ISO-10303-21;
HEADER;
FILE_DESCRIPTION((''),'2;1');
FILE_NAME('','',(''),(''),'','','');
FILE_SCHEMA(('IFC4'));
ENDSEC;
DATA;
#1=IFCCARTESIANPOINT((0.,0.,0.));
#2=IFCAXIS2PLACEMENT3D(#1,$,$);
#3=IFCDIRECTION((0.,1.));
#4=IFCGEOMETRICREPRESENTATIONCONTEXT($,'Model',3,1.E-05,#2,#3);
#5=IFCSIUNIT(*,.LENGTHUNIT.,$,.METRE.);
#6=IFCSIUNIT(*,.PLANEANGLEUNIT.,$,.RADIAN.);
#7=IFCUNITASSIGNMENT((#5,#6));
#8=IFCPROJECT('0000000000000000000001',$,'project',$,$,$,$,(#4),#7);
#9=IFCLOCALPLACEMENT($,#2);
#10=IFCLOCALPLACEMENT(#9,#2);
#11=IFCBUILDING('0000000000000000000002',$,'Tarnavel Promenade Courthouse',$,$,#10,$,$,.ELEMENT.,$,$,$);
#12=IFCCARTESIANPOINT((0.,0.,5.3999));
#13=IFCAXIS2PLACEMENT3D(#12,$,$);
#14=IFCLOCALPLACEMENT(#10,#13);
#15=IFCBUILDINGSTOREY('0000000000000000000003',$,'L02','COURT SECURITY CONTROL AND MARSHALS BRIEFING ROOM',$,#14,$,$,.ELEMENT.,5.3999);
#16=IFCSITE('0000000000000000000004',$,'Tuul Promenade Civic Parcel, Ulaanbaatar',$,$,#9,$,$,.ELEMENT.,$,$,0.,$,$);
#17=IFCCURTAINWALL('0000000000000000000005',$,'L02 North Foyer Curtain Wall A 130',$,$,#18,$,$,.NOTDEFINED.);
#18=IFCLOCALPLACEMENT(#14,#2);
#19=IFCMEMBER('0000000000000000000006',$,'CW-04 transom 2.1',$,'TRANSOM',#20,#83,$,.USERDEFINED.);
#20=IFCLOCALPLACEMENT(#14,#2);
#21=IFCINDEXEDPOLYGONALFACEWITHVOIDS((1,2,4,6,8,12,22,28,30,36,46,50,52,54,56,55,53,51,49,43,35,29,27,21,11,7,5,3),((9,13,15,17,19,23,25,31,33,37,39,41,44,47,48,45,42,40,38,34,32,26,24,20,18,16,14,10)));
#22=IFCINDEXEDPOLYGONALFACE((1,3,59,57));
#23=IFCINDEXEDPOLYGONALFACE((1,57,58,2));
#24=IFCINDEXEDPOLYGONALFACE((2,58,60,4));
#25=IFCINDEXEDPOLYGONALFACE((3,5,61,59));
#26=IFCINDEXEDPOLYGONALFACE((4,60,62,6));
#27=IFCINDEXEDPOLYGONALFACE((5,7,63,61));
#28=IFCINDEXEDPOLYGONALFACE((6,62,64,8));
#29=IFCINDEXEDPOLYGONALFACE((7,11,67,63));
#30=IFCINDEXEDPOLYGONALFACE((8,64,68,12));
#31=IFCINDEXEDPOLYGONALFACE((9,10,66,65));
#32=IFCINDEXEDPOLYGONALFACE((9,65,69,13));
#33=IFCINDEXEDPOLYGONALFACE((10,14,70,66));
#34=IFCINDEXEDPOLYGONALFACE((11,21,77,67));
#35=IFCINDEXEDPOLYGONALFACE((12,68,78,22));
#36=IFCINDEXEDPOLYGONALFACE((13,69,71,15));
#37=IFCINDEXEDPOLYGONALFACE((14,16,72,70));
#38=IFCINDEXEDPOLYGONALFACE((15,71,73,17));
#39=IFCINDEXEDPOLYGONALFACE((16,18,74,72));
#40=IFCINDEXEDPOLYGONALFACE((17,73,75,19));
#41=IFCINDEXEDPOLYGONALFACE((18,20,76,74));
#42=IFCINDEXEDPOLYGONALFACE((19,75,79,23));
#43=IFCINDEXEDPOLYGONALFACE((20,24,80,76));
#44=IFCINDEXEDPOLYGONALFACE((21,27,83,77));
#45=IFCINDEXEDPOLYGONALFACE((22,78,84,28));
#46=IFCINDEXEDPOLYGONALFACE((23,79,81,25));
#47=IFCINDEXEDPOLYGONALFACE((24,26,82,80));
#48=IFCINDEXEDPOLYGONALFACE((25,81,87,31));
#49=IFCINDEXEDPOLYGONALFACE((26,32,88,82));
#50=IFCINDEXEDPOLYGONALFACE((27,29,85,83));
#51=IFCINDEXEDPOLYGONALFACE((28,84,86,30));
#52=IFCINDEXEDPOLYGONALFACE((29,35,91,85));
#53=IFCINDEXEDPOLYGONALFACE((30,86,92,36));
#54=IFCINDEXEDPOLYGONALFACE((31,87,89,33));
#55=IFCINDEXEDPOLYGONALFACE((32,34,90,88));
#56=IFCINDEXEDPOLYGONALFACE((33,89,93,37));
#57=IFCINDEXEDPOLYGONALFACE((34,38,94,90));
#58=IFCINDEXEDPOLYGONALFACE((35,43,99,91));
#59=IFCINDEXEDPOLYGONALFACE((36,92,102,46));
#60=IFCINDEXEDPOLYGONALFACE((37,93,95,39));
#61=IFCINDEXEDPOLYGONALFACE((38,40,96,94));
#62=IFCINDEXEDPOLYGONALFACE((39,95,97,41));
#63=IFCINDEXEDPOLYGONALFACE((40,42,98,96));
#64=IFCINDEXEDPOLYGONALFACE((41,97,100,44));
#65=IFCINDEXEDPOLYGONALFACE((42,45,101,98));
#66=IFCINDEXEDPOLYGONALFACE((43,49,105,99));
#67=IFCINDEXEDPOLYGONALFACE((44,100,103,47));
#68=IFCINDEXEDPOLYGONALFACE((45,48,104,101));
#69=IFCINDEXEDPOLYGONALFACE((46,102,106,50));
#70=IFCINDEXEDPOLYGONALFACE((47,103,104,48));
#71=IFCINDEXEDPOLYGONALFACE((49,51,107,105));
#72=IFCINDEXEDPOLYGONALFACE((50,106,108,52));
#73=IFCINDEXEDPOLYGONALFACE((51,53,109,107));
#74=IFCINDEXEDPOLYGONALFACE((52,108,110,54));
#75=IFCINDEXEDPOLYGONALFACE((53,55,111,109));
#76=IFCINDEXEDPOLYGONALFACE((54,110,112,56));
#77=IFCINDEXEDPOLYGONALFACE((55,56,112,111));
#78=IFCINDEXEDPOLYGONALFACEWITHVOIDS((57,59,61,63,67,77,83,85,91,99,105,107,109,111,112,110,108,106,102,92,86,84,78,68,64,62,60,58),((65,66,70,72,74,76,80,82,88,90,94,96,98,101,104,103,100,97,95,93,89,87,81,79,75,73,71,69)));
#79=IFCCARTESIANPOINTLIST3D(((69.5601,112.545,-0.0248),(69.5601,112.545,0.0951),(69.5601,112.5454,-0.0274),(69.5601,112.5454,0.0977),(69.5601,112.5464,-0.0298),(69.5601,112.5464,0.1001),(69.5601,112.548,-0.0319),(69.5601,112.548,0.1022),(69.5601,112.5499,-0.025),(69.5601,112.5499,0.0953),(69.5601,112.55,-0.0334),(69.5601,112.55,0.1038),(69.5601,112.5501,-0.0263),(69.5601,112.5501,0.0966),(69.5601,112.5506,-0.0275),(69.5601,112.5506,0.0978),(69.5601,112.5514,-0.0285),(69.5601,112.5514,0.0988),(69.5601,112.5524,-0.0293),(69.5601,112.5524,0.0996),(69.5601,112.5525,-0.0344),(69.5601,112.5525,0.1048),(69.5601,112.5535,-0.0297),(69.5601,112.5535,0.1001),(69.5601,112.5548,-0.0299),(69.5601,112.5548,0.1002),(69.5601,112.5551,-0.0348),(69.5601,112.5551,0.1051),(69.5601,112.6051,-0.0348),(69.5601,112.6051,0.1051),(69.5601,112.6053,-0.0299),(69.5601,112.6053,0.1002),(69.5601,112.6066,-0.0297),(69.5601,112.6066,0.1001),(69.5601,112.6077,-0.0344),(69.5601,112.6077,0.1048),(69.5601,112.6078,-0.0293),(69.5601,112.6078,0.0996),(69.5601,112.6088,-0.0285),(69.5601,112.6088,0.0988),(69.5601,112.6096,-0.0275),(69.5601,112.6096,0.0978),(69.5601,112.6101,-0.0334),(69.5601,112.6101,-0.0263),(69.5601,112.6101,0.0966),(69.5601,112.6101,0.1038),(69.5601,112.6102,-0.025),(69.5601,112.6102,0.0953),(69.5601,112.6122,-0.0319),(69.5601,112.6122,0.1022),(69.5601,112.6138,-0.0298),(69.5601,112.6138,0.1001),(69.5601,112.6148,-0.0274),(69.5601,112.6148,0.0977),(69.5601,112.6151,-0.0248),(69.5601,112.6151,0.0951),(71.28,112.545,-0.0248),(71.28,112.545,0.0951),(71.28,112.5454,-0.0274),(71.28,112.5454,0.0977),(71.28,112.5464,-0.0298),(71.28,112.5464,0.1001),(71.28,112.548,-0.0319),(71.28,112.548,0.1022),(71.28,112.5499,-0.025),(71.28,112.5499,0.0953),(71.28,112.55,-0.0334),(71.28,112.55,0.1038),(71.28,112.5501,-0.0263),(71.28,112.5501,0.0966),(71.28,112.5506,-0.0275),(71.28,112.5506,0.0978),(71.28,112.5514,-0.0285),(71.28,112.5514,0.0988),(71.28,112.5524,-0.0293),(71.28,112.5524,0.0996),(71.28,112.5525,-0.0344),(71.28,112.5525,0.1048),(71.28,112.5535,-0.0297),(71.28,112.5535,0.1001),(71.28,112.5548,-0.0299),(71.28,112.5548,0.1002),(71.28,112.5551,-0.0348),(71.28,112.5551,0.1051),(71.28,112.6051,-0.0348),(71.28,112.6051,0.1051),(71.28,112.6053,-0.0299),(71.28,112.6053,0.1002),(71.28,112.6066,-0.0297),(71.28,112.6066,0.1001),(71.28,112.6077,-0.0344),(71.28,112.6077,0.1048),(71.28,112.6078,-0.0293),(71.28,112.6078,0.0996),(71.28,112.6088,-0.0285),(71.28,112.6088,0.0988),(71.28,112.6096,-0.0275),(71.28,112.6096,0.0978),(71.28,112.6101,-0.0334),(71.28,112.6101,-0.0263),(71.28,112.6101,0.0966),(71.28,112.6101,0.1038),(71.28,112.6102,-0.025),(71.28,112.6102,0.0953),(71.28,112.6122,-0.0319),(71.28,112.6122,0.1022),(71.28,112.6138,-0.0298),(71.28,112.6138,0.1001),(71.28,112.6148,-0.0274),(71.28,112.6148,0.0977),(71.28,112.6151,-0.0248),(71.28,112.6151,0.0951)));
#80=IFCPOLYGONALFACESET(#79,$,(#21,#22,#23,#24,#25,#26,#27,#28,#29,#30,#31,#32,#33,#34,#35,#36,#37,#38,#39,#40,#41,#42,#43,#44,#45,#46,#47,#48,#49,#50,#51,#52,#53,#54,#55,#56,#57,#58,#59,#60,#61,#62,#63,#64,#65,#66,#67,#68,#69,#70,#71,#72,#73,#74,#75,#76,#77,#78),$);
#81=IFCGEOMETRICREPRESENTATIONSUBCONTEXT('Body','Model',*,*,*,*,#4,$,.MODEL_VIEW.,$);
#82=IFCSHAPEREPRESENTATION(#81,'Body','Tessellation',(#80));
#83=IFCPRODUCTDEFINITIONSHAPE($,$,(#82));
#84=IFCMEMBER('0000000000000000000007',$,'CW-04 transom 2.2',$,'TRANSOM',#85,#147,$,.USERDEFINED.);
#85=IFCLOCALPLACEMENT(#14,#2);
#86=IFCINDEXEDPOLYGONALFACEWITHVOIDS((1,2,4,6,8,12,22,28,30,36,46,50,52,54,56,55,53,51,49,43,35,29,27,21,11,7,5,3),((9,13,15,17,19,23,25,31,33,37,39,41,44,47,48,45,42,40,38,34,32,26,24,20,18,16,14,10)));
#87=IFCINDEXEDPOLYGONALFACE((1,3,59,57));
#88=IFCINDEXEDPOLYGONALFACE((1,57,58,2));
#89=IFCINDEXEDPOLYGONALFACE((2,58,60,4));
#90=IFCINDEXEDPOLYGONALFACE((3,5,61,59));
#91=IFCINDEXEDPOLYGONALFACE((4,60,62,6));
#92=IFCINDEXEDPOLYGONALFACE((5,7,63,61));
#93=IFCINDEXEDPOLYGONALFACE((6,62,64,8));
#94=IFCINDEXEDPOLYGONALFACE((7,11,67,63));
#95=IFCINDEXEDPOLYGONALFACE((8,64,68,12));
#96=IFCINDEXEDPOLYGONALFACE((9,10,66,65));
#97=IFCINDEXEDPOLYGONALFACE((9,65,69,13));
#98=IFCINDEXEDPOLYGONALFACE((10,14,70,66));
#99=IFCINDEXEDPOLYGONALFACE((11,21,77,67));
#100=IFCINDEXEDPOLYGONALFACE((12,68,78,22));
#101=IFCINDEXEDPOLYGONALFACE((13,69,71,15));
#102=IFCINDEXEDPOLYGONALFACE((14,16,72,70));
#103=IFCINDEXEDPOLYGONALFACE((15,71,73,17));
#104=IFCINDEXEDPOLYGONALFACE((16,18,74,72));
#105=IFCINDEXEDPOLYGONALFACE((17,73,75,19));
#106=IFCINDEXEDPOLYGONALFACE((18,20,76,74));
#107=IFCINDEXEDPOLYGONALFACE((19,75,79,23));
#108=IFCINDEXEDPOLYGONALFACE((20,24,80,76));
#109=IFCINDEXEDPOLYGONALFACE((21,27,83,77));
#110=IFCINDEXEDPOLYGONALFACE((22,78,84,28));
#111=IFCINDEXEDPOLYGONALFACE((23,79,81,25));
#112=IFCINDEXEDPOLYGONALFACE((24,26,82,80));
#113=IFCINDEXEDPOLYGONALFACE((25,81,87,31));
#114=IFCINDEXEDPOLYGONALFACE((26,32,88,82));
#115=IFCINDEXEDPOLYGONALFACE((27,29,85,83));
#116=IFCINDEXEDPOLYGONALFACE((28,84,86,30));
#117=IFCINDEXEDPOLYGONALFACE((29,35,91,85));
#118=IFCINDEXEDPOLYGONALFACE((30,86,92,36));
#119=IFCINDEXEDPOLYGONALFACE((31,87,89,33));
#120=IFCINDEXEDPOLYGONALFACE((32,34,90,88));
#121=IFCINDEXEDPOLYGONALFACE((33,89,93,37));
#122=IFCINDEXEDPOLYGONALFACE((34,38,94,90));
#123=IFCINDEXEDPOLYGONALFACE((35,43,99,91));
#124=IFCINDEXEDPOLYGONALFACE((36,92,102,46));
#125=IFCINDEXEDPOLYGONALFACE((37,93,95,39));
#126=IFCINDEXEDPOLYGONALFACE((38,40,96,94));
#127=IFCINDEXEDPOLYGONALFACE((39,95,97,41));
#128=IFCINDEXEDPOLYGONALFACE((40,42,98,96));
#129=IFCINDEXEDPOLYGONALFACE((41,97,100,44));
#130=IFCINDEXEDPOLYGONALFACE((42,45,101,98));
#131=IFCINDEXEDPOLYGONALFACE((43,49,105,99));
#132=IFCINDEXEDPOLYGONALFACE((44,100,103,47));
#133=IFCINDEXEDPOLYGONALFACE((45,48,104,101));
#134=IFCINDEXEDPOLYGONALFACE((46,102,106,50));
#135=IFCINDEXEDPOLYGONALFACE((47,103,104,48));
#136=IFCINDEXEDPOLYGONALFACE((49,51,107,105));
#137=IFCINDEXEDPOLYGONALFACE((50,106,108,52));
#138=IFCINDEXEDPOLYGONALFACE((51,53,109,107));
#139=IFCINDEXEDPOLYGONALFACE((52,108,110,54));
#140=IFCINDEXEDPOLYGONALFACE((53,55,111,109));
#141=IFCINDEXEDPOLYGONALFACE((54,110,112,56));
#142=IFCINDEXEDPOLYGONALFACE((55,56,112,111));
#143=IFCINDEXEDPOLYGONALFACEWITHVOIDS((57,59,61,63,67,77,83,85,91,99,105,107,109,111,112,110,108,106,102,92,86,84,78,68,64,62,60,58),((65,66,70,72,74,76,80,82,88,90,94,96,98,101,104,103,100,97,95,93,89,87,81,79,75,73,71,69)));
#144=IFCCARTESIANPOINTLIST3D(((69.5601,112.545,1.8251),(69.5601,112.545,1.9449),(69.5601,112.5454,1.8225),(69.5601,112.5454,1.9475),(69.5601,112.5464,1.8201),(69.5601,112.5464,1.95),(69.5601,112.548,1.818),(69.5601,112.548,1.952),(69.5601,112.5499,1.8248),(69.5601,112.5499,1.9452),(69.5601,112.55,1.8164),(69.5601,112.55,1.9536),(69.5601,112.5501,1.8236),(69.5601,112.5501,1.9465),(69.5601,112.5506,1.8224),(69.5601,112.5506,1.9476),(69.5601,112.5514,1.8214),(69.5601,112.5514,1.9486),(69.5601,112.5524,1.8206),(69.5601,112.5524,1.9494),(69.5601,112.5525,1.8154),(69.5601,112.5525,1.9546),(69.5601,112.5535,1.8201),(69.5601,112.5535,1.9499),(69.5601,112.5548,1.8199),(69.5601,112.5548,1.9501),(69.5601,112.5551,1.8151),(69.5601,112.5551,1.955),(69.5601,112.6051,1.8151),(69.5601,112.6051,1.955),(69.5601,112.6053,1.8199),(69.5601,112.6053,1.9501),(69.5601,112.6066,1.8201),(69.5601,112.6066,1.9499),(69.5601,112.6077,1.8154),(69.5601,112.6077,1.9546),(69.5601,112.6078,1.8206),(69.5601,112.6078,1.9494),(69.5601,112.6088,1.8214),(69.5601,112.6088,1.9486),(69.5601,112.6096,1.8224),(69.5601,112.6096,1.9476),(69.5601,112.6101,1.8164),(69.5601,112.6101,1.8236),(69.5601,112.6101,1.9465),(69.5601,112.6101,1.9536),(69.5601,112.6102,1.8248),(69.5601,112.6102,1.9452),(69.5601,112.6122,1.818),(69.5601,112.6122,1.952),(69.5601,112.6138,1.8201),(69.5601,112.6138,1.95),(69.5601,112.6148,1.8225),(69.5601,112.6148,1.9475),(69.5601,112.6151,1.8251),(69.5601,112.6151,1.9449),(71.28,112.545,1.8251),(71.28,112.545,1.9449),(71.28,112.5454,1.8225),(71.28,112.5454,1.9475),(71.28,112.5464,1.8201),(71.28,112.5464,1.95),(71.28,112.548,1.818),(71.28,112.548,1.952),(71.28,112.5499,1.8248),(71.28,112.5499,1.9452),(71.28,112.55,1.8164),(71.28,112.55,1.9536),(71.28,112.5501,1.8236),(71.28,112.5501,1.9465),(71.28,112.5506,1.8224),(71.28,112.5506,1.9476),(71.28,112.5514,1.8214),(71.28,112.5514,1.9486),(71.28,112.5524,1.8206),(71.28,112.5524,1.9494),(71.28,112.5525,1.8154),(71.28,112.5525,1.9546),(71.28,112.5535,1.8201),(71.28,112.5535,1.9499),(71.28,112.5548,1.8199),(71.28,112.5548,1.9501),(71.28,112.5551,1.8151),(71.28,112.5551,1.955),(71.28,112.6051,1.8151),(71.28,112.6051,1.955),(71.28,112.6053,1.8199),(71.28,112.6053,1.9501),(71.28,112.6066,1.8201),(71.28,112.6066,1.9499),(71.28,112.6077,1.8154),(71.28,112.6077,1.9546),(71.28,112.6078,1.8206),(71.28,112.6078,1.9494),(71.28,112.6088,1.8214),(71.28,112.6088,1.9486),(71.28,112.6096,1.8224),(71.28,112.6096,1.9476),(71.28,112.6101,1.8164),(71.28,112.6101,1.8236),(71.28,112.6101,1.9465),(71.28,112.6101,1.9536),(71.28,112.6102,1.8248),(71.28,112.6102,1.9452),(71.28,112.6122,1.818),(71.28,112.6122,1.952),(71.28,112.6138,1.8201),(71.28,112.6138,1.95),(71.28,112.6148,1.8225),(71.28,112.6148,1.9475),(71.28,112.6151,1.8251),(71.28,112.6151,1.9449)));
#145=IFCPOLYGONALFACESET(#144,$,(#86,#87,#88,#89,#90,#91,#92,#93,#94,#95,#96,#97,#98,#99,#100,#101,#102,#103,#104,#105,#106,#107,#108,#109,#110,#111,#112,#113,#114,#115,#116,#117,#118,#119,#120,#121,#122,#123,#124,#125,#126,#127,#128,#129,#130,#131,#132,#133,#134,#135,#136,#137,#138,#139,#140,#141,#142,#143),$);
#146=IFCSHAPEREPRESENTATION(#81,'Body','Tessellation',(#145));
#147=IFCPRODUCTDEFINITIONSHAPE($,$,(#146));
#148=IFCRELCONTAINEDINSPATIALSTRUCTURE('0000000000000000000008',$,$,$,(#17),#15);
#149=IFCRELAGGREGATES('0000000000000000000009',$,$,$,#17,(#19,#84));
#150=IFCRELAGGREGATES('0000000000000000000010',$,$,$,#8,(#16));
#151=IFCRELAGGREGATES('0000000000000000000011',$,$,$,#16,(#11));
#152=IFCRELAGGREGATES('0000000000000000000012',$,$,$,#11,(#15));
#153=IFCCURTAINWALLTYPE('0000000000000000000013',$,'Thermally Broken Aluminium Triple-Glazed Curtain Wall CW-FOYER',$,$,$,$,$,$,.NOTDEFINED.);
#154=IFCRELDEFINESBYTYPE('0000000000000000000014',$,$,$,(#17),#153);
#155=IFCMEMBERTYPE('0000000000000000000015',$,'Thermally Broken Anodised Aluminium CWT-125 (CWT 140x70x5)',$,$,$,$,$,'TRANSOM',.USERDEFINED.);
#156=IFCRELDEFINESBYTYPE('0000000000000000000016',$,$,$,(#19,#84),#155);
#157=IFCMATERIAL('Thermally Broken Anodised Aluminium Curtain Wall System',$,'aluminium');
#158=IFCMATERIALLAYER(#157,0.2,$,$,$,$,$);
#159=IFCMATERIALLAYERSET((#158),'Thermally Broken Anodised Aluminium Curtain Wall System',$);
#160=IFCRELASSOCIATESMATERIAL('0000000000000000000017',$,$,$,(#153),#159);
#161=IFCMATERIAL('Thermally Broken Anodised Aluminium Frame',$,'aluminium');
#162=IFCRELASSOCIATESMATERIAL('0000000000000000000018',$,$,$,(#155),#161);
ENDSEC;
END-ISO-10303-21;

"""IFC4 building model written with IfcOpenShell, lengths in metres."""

from ifc_helpers import new_model, si_unit, direction, frame, origin, origin_2d, place, context, subcontext, project, spatial, hollow_rectangle, extrude, material, layer, layer_set, material_profile, profile_set, type_object, element, aggregate, save


model = new_model("IFC4")

# Units and contexts
model_context = context("Model", 3, precision=1e-05, world=origin(), true_north=direction((0.0, 1.0)))
body_context = subcontext(model_context, "Body", "Model", "MODEL_VIEW")
ifc_project = project(units=[si_unit("LENGTHUNIT", "METRE"), si_unit("PLANEANGLEUNIT", "RADIAN")], contexts=[model_context])

# Site, building, storey
site_placement = place(None, origin())
site = spatial("IfcSite", under=ifc_project, at=site_placement, Name="Tuul Promenade Civic Parcel, Ulaanbaatar", CompositionType="ELEMENT", RefElevation=0.0)
building_placement = place(site_placement, origin())
building = spatial("IfcBuilding", under=site, at=building_placement, Name="Tarnavel Promenade Courthouse", CompositionType="ELEMENT")
storey_placement = place(building_placement, frame((0.0, 0.0, 5.3999)))
storey = spatial("IfcBuildingStorey", under=building, at=storey_placement, Name="L02", Description="COURT SECURITY CONTROL AND MARSHALS BRIEFING ROOM", CompositionType="ELEMENT", Elevation=5.3999)

# Curtain wall
ifc_material_1 = material(Name="Thermally Broken Anodised Aluminium Curtain Wall System", Category="aluminium")
ifc_layer_1 = layer(ifc_material_1, 0.2)
ifc_layer_set_1 = layer_set([ifc_layer_1], Name="Thermally Broken Anodised Aluminium Curtain Wall System")
curtain_wall_type = type_object("IfcCurtainWallType", Name="Thermally Broken Aluminium Triple-Glazed Curtain Wall CW-FOYER", PredefinedType="NOTDEFINED", material=ifc_layer_set_1)
curtain_wall_1_placement = place(storey_placement, origin())
curtain_wall_1 = element("IfcCurtainWall", 1, at=curtain_wall_1_placement, inside=storey, type_object=curtain_wall_type, Name="L02 North Foyer Curtain Wall A 130", PredefinedType="NOTDEFINED")
ifc_material_2 = material(Name="Thermally Broken Anodised Aluminium Frame", Category="aluminium")

# Members
ifc_material_profile_1 = material_profile(ifc_material_2, hollow_rectangle(XDim=0.0701, YDim=0.1399, WallThickness=0.0049, InnerFilletRadius=0.0049, OuterFilletRadius=0.01, at=origin_2d()), Name="CWT 140x70x5")
ifc_profile_set_1 = profile_set([ifc_material_profile_1], Name="Thermally Broken Anodised Aluminium Frame")
member_type_1 = type_object("IfcMemberType", Name="Thermally Broken Anodised Aluminium CWT-125 (CWT 140x70x5)", ElementType="TRANSOM", PredefinedType="USERDEFINED", material=ifc_profile_set_1)
member_1_placement = place(storey_placement, frame((69.5601, 112.5801, 0.0352), z_axis=(1.0, 0.0, 0.0), x_axis=(0.0, 1.0, 0.0)))
member_1 = element("IfcMember", 2, at=member_1_placement, type_object=member_type_1, Name="CW-04 transom 2.1", ObjectType="TRANSOM", PredefinedType="USERDEFINED", context=body_context, shape_type="SweptSolid", body=[
    extrude(hollow_rectangle(XDim=0.0701, YDim=0.1399, WallThickness=0.0049, InnerFilletRadius=0.0049, OuterFilletRadius=0.01, at=origin_2d()), origin(), (0.0, 0.0, 1.0), 1.72),
])
member_2_placement = place(storey_placement, frame((69.5601, 112.5801, 1.885), z_axis=(1.0, 0.0, 0.0), x_axis=(0.0, 1.0, 0.0)))
member_2 = element("IfcMember", 3, at=member_2_placement, type_object=member_type_1, Name="CW-04 transom 2.2", ObjectType="TRANSOM", PredefinedType="USERDEFINED", context=body_context, shape_type="SweptSolid", body=[
    extrude(hollow_rectangle(XDim=0.0701, YDim=0.1399, WallThickness=0.0049, InnerFilletRadius=0.0049, OuterFilletRadius=0.01, at=origin_2d()), origin(), (0.0, 0.0, 1.0), 1.72),
])

aggregate(curtain_wall_1, [member_1, member_2])

save(model, "model.ifc")
